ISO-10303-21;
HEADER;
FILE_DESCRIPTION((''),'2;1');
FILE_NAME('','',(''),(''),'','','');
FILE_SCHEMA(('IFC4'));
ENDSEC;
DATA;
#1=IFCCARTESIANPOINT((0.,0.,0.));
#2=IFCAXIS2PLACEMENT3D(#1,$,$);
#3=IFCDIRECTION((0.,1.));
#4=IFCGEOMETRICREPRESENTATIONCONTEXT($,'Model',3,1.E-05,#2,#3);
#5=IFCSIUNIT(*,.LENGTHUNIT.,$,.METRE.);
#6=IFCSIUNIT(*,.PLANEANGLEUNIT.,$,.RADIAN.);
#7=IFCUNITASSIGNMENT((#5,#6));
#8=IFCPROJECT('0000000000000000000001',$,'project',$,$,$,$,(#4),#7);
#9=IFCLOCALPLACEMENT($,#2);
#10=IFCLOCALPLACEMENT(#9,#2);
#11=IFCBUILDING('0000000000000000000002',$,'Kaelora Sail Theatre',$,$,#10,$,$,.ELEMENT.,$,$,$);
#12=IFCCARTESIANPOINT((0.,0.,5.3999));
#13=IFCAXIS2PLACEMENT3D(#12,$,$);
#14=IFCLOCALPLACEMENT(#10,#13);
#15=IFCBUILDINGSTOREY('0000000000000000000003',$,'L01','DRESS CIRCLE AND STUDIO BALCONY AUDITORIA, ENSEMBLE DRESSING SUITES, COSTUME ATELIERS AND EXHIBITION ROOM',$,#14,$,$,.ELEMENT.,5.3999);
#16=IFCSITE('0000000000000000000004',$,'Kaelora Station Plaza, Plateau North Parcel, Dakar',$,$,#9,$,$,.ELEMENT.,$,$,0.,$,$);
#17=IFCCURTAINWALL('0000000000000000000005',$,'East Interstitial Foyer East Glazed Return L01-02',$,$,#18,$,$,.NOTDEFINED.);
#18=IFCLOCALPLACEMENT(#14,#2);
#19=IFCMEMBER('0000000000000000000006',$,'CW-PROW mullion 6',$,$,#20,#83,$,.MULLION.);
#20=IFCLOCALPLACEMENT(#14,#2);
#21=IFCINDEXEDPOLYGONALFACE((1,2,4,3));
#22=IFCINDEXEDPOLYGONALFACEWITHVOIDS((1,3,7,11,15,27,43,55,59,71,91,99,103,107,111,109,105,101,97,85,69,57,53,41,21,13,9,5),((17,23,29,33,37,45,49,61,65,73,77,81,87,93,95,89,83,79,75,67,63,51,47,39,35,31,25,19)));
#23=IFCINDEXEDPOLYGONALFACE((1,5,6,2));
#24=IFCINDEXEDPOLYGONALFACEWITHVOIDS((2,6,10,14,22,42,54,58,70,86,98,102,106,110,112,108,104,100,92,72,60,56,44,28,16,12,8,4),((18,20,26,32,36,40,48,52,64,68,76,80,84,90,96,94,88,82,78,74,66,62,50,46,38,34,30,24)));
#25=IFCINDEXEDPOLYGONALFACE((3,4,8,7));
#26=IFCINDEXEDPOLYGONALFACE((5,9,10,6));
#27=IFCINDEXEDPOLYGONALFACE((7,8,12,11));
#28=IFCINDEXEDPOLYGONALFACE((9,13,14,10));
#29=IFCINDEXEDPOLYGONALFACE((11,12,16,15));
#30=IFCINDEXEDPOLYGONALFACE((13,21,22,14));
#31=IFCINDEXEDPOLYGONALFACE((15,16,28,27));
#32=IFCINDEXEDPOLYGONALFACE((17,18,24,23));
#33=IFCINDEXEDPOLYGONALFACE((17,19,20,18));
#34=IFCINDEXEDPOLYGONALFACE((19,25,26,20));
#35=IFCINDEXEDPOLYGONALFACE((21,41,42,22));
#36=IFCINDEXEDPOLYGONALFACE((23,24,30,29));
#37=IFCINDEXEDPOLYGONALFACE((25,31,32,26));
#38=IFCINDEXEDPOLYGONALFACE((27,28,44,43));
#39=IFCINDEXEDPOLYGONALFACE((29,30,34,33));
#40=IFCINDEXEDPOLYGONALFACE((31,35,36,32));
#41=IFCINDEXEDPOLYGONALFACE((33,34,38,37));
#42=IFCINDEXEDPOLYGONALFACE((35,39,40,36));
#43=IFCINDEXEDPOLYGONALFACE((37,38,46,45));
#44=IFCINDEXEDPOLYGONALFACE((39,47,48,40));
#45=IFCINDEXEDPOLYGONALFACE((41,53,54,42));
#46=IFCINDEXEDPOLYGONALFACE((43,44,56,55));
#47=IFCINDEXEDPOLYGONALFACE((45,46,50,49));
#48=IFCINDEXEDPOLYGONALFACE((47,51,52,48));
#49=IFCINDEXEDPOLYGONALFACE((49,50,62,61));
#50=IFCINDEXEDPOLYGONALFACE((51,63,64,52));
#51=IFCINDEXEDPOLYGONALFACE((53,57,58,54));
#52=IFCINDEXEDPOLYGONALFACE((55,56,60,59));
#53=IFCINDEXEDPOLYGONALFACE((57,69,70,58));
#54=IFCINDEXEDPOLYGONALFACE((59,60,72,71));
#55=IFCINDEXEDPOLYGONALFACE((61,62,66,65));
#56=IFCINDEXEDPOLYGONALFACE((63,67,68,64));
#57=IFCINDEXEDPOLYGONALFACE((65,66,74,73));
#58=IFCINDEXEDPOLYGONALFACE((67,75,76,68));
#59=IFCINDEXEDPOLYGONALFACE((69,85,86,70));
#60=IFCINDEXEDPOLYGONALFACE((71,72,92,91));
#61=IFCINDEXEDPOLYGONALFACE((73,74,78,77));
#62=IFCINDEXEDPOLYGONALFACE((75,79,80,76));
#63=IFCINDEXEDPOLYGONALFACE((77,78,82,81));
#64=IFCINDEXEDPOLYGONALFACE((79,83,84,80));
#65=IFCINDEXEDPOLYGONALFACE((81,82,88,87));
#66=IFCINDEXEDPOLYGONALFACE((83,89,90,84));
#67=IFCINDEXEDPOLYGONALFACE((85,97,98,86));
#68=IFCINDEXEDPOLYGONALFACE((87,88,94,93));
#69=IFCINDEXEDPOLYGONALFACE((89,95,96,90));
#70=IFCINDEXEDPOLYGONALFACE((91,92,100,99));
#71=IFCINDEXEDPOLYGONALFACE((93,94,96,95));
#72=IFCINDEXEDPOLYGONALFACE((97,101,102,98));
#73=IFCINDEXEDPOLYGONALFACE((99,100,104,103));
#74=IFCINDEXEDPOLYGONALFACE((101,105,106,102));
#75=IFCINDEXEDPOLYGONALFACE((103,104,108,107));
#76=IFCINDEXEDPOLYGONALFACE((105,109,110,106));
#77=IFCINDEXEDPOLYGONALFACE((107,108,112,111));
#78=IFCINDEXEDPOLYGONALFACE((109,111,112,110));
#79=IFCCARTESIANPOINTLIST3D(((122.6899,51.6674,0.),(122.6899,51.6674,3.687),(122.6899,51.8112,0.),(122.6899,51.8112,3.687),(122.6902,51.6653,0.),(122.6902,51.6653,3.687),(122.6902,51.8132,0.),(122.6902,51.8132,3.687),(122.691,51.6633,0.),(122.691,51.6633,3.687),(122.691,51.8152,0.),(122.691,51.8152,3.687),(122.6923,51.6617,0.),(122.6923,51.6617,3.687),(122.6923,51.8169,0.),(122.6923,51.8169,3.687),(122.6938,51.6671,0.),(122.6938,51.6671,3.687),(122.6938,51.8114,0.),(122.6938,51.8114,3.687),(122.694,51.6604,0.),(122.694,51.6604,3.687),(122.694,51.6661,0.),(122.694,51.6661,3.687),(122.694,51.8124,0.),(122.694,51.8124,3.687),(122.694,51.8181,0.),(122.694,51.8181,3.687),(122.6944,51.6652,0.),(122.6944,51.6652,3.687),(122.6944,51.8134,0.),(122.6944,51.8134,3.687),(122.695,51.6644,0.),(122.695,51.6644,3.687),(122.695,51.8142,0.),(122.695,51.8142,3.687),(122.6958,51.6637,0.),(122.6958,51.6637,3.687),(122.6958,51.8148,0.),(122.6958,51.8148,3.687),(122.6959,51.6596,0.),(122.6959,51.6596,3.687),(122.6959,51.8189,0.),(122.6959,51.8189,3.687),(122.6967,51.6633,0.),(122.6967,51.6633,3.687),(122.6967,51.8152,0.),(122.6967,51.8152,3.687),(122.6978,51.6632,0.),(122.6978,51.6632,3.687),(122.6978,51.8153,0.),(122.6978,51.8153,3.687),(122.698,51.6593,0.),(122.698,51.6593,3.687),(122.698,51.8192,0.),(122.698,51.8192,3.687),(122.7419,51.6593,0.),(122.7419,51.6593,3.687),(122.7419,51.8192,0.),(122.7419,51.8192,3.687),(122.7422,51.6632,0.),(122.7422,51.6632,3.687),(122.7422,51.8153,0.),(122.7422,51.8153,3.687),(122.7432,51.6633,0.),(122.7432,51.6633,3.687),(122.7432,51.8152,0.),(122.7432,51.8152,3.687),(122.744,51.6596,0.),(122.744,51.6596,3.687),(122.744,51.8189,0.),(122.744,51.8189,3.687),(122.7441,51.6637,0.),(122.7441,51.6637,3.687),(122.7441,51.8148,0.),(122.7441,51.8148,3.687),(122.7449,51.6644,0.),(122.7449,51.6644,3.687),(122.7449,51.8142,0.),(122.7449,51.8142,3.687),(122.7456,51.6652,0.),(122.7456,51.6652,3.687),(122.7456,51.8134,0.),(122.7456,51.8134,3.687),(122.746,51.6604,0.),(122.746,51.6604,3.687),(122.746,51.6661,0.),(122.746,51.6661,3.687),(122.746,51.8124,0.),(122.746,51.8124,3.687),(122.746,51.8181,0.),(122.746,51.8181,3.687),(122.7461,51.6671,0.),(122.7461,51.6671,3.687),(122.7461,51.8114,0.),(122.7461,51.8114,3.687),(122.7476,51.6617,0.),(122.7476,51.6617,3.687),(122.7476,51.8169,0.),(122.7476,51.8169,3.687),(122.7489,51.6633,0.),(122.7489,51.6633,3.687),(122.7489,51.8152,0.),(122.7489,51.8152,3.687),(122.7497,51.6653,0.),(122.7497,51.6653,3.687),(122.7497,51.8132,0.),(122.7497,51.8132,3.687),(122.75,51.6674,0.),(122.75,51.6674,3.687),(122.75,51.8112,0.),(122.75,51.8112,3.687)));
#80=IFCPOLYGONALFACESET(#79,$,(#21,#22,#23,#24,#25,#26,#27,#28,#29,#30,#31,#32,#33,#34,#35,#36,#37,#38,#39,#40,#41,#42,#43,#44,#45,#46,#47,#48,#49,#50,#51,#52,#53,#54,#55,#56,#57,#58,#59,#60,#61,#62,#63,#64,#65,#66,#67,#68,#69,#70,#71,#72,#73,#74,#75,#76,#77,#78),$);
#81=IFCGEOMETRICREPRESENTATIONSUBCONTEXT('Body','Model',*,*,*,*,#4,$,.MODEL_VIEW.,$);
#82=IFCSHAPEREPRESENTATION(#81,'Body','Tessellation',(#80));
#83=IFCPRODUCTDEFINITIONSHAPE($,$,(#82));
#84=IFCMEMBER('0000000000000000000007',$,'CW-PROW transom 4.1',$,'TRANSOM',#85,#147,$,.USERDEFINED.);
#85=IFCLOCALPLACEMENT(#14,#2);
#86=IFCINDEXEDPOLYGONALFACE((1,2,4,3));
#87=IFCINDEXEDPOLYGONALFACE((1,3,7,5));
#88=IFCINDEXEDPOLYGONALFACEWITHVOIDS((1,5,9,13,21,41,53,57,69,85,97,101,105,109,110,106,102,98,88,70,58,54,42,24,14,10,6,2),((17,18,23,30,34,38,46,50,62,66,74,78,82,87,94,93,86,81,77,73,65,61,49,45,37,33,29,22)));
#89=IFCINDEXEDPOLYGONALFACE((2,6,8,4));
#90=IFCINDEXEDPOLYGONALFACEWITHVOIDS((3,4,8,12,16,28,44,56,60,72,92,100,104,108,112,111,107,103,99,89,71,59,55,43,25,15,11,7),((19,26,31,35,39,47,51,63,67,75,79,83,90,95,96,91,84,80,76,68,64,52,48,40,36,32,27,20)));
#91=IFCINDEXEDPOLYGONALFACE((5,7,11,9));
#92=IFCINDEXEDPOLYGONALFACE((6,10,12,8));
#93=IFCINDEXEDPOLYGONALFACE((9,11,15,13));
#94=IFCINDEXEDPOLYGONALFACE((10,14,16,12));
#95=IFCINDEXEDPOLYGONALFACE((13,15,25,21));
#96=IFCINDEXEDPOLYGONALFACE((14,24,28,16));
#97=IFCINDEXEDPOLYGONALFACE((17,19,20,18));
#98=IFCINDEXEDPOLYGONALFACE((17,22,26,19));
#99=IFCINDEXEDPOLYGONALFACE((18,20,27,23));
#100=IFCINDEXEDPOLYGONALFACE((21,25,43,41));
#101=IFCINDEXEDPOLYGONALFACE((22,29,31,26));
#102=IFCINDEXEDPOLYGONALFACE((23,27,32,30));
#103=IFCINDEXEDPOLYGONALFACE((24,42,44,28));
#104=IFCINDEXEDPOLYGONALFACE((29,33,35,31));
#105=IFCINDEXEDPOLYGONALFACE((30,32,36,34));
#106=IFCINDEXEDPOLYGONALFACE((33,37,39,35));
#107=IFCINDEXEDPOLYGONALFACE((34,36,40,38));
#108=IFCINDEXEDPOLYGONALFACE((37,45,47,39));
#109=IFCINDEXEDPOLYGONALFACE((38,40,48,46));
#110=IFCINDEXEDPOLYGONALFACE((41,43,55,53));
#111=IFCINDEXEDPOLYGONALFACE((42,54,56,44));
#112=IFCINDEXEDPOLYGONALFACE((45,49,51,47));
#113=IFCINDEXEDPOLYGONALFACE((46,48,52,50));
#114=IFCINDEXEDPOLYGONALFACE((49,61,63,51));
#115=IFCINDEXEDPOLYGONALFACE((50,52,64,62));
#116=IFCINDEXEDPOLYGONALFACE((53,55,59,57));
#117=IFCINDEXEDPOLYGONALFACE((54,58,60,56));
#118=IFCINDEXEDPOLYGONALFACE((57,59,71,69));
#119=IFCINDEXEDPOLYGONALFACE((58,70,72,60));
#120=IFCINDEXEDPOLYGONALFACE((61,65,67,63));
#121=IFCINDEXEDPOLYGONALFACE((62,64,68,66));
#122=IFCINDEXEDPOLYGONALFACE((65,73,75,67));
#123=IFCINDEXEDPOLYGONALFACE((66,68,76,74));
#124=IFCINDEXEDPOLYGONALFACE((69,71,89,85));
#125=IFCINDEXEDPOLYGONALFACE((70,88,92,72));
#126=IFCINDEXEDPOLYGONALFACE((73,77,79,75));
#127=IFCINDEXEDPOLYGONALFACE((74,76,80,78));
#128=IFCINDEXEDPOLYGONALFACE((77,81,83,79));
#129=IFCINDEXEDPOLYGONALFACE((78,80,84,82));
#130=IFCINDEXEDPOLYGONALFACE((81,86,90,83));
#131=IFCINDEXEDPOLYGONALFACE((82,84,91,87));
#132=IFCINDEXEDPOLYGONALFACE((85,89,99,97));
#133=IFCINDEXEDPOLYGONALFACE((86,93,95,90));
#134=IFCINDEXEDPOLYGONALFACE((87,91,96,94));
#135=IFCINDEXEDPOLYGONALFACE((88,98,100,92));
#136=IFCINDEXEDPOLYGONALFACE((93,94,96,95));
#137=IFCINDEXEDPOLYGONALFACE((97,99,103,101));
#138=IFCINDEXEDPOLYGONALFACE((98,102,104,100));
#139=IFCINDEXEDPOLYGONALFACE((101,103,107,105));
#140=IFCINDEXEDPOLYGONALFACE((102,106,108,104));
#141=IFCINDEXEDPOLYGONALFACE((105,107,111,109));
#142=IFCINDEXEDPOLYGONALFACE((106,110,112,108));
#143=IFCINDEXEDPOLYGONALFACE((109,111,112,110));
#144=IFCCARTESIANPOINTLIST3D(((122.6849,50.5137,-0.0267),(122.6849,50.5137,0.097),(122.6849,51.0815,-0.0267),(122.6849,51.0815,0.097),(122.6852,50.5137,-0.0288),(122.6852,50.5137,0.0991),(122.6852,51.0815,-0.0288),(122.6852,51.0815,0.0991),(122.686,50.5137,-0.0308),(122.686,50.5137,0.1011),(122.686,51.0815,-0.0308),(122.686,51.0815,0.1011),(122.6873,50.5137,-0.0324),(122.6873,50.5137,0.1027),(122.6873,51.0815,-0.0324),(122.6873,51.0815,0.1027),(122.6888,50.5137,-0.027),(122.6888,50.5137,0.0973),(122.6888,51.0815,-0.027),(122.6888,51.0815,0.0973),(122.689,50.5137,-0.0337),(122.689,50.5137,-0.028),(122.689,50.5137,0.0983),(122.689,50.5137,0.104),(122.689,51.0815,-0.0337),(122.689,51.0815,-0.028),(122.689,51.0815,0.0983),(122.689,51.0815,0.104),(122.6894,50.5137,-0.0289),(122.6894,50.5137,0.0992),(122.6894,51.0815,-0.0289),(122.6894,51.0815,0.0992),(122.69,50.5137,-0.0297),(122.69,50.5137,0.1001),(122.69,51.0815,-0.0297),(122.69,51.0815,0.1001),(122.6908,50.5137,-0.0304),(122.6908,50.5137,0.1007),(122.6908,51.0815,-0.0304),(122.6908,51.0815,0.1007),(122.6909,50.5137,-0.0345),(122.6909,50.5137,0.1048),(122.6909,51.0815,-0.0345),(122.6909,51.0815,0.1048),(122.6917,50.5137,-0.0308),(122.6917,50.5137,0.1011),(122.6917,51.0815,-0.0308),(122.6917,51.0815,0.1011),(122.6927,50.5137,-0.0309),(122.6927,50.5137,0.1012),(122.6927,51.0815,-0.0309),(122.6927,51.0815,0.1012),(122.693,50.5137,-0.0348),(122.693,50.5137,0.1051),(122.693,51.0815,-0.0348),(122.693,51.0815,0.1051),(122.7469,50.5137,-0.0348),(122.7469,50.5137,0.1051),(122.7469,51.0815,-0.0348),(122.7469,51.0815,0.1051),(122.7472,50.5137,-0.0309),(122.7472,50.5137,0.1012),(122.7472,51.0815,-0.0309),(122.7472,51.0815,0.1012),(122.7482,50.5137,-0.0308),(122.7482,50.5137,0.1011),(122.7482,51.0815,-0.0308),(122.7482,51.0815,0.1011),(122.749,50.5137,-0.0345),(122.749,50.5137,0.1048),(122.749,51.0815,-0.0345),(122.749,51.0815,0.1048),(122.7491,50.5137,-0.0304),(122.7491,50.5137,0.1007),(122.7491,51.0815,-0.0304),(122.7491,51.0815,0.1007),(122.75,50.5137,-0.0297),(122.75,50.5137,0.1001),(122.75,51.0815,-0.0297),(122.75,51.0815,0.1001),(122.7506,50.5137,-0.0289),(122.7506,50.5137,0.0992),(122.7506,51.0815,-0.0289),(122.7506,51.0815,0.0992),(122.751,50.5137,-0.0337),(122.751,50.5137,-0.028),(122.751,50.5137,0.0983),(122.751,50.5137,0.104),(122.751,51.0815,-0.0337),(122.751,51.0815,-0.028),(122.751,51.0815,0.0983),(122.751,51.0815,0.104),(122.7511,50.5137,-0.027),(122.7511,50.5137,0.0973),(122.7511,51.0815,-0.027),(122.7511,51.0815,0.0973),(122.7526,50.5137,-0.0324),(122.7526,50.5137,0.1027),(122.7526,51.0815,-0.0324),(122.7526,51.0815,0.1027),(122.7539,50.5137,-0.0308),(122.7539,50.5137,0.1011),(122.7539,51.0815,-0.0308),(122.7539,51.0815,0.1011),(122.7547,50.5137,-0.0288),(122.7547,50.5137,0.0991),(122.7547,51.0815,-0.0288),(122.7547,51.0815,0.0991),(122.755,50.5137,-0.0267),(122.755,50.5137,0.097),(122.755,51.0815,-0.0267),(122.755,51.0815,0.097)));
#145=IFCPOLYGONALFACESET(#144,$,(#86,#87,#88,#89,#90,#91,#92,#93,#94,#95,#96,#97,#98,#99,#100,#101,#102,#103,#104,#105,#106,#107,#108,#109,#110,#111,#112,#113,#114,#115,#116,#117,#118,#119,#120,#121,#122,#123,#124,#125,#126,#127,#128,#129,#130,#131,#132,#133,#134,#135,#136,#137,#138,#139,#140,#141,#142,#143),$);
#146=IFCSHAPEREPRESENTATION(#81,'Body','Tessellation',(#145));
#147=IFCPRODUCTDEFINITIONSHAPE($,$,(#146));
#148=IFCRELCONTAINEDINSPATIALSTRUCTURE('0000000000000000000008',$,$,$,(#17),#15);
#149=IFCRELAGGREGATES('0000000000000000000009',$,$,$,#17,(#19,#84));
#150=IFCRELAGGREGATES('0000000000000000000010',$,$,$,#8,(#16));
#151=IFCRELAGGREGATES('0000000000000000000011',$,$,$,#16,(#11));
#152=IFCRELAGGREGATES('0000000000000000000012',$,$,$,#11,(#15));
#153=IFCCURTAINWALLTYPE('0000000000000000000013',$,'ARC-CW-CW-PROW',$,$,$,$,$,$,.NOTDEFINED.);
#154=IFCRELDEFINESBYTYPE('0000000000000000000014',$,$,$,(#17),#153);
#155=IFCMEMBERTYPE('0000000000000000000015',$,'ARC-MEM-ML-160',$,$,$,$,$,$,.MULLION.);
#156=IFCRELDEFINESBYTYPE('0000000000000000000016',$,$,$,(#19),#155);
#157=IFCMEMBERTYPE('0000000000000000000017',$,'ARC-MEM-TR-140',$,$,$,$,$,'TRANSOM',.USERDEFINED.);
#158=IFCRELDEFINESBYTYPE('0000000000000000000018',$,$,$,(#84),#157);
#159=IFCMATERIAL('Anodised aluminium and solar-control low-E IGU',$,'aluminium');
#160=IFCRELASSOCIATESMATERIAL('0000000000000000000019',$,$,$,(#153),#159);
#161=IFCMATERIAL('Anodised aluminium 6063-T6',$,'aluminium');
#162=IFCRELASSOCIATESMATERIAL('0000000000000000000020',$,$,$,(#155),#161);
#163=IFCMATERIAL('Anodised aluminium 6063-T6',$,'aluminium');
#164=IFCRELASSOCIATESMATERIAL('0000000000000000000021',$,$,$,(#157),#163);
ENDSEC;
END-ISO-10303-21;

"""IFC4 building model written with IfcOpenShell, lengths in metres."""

from ifc_helpers import new_model, si_unit, direction, frame, origin, origin_2d, place, context, subcontext, project, spatial, hollow_rectangle, extrude, material, material_profile, profile_set, type_object, element, aggregate, save


model = new_model("IFC4")

# Units and contexts
model_context = context("Model", 3, precision=1e-05, world=origin(), true_north=direction((0.0, 1.0)))
body_context = subcontext(model_context, "Body", "Model", "MODEL_VIEW")
ifc_project = project(units=[si_unit("LENGTHUNIT", "METRE"), si_unit("PLANEANGLEUNIT", "RADIAN")], contexts=[model_context])

# Site, building, storey
site_placement = place(None, origin())
site = spatial("IfcSite", under=ifc_project, at=site_placement, Name="Kaelora Station Plaza, Plateau North Parcel, Dakar", CompositionType="ELEMENT", RefElevation=0.0)
building_placement = place(site_placement, origin())
building = spatial("IfcBuilding", under=site, at=building_placement, Name="Kaelora Sail Theatre", CompositionType="ELEMENT")
storey_placement = place(building_placement, frame((0.0, 0.0, 5.3999)))
storey = spatial("IfcBuildingStorey", under=building, at=storey_placement, Name="L01", Description="DRESS CIRCLE AND STUDIO BALCONY AUDITORIA, ENSEMBLE DRESSING SUITES, COSTUME ATELIERS AND EXHIBITION ROOM", CompositionType="ELEMENT", Elevation=5.3999)

# Curtain wall, members
ifc_material_1 = material(Name="Anodised aluminium and solar-control low-E IGU", Category="aluminium")
curtain_wall_type = type_object("IfcCurtainWallType", Name="ARC-CW-CW-PROW", PredefinedType="NOTDEFINED", material=ifc_material_1)
curtain_wall_placement = place(storey_placement, origin())
curtain_wall = element("IfcCurtainWall", 1, at=curtain_wall_placement, inside=storey, type_object=curtain_wall_type, Name="East Interstitial Foyer East Glazed Return L01-02", PredefinedType="NOTDEFINED")
ifc_material_2 = material(Name="Anodised aluminium 6063-T6", Category="aluminium")
ifc_material_profile_1 = material_profile(ifc_material_2, hollow_rectangle(XDim=0.0601, YDim=0.1599, WallThickness=0.0039, InnerFilletRadius=0.0039, OuterFilletRadius=0.0081, at=origin_2d()), Name="ALU-MULL 60x160x4")
ifc_profile_set_1 = profile_set([ifc_material_profile_1], Name="Anodised aluminium 6063-T6")
member_type_1 = type_object("IfcMemberType", Name="ARC-MEM-ML-160", PredefinedType="MULLION", material=ifc_profile_set_1)
member_1_placement = place(storey_placement, frame((122.72, 51.7393, 0.0), z_axis=(0.0, 0.0, 1.0), x_axis=(-1.0, 0.0, 0.0)))
member_1 = element("IfcMember", 2, at=member_1_placement, type_object=member_type_1, Name="CW-PROW mullion 6", PredefinedType="MULLION", context=body_context, shape_type="SweptSolid", body=[
    extrude(hollow_rectangle(XDim=0.0601, YDim=0.1599, WallThickness=0.0039, InnerFilletRadius=0.0039, OuterFilletRadius=0.0081, at=origin_2d()), origin(), (0.0, 0.0, 1.0), 3.687),
])
ifc_material_3 = material(Name="Anodised aluminium 6063-T6", Category="aluminium")
ifc_material_profile_2 = material_profile(ifc_material_3, hollow_rectangle(XDim=0.0701, YDim=0.1399, WallThickness=0.0039, InnerFilletRadius=0.0039, OuterFilletRadius=0.0081, at=origin_2d()), Name="ALU-TRAN 70x140x4")
ifc_profile_set_2 = profile_set([ifc_material_profile_2], Name="Anodised aluminium 6063-T6")
member_type_2 = type_object("IfcMemberType", Name="ARC-MEM-TR-140", ElementType="TRANSOM", PredefinedType="USERDEFINED", material=ifc_profile_set_2)
member_2_placement = place(storey_placement, frame((122.72, 50.5137, 0.0352), z_axis=(0.0, 1.0, 0.0), x_axis=(-1.0, 0.0, 0.0)))
member_2 = element("IfcMember", 3, at=member_2_placement, type_object=member_type_2, Name="CW-PROW transom 4.1", ObjectType="TRANSOM", PredefinedType="USERDEFINED", context=body_context, shape_type="SweptSolid", body=[
    extrude(hollow_rectangle(XDim=0.0701, YDim=0.1399, WallThickness=0.0039, InnerFilletRadius=0.0039, OuterFilletRadius=0.0081, at=origin_2d()), origin(), (0.0, 0.0, 1.0), 0.5679),
])
aggregate(curtain_wall, [member_1, member_2])

save(model, "model.ifc")
